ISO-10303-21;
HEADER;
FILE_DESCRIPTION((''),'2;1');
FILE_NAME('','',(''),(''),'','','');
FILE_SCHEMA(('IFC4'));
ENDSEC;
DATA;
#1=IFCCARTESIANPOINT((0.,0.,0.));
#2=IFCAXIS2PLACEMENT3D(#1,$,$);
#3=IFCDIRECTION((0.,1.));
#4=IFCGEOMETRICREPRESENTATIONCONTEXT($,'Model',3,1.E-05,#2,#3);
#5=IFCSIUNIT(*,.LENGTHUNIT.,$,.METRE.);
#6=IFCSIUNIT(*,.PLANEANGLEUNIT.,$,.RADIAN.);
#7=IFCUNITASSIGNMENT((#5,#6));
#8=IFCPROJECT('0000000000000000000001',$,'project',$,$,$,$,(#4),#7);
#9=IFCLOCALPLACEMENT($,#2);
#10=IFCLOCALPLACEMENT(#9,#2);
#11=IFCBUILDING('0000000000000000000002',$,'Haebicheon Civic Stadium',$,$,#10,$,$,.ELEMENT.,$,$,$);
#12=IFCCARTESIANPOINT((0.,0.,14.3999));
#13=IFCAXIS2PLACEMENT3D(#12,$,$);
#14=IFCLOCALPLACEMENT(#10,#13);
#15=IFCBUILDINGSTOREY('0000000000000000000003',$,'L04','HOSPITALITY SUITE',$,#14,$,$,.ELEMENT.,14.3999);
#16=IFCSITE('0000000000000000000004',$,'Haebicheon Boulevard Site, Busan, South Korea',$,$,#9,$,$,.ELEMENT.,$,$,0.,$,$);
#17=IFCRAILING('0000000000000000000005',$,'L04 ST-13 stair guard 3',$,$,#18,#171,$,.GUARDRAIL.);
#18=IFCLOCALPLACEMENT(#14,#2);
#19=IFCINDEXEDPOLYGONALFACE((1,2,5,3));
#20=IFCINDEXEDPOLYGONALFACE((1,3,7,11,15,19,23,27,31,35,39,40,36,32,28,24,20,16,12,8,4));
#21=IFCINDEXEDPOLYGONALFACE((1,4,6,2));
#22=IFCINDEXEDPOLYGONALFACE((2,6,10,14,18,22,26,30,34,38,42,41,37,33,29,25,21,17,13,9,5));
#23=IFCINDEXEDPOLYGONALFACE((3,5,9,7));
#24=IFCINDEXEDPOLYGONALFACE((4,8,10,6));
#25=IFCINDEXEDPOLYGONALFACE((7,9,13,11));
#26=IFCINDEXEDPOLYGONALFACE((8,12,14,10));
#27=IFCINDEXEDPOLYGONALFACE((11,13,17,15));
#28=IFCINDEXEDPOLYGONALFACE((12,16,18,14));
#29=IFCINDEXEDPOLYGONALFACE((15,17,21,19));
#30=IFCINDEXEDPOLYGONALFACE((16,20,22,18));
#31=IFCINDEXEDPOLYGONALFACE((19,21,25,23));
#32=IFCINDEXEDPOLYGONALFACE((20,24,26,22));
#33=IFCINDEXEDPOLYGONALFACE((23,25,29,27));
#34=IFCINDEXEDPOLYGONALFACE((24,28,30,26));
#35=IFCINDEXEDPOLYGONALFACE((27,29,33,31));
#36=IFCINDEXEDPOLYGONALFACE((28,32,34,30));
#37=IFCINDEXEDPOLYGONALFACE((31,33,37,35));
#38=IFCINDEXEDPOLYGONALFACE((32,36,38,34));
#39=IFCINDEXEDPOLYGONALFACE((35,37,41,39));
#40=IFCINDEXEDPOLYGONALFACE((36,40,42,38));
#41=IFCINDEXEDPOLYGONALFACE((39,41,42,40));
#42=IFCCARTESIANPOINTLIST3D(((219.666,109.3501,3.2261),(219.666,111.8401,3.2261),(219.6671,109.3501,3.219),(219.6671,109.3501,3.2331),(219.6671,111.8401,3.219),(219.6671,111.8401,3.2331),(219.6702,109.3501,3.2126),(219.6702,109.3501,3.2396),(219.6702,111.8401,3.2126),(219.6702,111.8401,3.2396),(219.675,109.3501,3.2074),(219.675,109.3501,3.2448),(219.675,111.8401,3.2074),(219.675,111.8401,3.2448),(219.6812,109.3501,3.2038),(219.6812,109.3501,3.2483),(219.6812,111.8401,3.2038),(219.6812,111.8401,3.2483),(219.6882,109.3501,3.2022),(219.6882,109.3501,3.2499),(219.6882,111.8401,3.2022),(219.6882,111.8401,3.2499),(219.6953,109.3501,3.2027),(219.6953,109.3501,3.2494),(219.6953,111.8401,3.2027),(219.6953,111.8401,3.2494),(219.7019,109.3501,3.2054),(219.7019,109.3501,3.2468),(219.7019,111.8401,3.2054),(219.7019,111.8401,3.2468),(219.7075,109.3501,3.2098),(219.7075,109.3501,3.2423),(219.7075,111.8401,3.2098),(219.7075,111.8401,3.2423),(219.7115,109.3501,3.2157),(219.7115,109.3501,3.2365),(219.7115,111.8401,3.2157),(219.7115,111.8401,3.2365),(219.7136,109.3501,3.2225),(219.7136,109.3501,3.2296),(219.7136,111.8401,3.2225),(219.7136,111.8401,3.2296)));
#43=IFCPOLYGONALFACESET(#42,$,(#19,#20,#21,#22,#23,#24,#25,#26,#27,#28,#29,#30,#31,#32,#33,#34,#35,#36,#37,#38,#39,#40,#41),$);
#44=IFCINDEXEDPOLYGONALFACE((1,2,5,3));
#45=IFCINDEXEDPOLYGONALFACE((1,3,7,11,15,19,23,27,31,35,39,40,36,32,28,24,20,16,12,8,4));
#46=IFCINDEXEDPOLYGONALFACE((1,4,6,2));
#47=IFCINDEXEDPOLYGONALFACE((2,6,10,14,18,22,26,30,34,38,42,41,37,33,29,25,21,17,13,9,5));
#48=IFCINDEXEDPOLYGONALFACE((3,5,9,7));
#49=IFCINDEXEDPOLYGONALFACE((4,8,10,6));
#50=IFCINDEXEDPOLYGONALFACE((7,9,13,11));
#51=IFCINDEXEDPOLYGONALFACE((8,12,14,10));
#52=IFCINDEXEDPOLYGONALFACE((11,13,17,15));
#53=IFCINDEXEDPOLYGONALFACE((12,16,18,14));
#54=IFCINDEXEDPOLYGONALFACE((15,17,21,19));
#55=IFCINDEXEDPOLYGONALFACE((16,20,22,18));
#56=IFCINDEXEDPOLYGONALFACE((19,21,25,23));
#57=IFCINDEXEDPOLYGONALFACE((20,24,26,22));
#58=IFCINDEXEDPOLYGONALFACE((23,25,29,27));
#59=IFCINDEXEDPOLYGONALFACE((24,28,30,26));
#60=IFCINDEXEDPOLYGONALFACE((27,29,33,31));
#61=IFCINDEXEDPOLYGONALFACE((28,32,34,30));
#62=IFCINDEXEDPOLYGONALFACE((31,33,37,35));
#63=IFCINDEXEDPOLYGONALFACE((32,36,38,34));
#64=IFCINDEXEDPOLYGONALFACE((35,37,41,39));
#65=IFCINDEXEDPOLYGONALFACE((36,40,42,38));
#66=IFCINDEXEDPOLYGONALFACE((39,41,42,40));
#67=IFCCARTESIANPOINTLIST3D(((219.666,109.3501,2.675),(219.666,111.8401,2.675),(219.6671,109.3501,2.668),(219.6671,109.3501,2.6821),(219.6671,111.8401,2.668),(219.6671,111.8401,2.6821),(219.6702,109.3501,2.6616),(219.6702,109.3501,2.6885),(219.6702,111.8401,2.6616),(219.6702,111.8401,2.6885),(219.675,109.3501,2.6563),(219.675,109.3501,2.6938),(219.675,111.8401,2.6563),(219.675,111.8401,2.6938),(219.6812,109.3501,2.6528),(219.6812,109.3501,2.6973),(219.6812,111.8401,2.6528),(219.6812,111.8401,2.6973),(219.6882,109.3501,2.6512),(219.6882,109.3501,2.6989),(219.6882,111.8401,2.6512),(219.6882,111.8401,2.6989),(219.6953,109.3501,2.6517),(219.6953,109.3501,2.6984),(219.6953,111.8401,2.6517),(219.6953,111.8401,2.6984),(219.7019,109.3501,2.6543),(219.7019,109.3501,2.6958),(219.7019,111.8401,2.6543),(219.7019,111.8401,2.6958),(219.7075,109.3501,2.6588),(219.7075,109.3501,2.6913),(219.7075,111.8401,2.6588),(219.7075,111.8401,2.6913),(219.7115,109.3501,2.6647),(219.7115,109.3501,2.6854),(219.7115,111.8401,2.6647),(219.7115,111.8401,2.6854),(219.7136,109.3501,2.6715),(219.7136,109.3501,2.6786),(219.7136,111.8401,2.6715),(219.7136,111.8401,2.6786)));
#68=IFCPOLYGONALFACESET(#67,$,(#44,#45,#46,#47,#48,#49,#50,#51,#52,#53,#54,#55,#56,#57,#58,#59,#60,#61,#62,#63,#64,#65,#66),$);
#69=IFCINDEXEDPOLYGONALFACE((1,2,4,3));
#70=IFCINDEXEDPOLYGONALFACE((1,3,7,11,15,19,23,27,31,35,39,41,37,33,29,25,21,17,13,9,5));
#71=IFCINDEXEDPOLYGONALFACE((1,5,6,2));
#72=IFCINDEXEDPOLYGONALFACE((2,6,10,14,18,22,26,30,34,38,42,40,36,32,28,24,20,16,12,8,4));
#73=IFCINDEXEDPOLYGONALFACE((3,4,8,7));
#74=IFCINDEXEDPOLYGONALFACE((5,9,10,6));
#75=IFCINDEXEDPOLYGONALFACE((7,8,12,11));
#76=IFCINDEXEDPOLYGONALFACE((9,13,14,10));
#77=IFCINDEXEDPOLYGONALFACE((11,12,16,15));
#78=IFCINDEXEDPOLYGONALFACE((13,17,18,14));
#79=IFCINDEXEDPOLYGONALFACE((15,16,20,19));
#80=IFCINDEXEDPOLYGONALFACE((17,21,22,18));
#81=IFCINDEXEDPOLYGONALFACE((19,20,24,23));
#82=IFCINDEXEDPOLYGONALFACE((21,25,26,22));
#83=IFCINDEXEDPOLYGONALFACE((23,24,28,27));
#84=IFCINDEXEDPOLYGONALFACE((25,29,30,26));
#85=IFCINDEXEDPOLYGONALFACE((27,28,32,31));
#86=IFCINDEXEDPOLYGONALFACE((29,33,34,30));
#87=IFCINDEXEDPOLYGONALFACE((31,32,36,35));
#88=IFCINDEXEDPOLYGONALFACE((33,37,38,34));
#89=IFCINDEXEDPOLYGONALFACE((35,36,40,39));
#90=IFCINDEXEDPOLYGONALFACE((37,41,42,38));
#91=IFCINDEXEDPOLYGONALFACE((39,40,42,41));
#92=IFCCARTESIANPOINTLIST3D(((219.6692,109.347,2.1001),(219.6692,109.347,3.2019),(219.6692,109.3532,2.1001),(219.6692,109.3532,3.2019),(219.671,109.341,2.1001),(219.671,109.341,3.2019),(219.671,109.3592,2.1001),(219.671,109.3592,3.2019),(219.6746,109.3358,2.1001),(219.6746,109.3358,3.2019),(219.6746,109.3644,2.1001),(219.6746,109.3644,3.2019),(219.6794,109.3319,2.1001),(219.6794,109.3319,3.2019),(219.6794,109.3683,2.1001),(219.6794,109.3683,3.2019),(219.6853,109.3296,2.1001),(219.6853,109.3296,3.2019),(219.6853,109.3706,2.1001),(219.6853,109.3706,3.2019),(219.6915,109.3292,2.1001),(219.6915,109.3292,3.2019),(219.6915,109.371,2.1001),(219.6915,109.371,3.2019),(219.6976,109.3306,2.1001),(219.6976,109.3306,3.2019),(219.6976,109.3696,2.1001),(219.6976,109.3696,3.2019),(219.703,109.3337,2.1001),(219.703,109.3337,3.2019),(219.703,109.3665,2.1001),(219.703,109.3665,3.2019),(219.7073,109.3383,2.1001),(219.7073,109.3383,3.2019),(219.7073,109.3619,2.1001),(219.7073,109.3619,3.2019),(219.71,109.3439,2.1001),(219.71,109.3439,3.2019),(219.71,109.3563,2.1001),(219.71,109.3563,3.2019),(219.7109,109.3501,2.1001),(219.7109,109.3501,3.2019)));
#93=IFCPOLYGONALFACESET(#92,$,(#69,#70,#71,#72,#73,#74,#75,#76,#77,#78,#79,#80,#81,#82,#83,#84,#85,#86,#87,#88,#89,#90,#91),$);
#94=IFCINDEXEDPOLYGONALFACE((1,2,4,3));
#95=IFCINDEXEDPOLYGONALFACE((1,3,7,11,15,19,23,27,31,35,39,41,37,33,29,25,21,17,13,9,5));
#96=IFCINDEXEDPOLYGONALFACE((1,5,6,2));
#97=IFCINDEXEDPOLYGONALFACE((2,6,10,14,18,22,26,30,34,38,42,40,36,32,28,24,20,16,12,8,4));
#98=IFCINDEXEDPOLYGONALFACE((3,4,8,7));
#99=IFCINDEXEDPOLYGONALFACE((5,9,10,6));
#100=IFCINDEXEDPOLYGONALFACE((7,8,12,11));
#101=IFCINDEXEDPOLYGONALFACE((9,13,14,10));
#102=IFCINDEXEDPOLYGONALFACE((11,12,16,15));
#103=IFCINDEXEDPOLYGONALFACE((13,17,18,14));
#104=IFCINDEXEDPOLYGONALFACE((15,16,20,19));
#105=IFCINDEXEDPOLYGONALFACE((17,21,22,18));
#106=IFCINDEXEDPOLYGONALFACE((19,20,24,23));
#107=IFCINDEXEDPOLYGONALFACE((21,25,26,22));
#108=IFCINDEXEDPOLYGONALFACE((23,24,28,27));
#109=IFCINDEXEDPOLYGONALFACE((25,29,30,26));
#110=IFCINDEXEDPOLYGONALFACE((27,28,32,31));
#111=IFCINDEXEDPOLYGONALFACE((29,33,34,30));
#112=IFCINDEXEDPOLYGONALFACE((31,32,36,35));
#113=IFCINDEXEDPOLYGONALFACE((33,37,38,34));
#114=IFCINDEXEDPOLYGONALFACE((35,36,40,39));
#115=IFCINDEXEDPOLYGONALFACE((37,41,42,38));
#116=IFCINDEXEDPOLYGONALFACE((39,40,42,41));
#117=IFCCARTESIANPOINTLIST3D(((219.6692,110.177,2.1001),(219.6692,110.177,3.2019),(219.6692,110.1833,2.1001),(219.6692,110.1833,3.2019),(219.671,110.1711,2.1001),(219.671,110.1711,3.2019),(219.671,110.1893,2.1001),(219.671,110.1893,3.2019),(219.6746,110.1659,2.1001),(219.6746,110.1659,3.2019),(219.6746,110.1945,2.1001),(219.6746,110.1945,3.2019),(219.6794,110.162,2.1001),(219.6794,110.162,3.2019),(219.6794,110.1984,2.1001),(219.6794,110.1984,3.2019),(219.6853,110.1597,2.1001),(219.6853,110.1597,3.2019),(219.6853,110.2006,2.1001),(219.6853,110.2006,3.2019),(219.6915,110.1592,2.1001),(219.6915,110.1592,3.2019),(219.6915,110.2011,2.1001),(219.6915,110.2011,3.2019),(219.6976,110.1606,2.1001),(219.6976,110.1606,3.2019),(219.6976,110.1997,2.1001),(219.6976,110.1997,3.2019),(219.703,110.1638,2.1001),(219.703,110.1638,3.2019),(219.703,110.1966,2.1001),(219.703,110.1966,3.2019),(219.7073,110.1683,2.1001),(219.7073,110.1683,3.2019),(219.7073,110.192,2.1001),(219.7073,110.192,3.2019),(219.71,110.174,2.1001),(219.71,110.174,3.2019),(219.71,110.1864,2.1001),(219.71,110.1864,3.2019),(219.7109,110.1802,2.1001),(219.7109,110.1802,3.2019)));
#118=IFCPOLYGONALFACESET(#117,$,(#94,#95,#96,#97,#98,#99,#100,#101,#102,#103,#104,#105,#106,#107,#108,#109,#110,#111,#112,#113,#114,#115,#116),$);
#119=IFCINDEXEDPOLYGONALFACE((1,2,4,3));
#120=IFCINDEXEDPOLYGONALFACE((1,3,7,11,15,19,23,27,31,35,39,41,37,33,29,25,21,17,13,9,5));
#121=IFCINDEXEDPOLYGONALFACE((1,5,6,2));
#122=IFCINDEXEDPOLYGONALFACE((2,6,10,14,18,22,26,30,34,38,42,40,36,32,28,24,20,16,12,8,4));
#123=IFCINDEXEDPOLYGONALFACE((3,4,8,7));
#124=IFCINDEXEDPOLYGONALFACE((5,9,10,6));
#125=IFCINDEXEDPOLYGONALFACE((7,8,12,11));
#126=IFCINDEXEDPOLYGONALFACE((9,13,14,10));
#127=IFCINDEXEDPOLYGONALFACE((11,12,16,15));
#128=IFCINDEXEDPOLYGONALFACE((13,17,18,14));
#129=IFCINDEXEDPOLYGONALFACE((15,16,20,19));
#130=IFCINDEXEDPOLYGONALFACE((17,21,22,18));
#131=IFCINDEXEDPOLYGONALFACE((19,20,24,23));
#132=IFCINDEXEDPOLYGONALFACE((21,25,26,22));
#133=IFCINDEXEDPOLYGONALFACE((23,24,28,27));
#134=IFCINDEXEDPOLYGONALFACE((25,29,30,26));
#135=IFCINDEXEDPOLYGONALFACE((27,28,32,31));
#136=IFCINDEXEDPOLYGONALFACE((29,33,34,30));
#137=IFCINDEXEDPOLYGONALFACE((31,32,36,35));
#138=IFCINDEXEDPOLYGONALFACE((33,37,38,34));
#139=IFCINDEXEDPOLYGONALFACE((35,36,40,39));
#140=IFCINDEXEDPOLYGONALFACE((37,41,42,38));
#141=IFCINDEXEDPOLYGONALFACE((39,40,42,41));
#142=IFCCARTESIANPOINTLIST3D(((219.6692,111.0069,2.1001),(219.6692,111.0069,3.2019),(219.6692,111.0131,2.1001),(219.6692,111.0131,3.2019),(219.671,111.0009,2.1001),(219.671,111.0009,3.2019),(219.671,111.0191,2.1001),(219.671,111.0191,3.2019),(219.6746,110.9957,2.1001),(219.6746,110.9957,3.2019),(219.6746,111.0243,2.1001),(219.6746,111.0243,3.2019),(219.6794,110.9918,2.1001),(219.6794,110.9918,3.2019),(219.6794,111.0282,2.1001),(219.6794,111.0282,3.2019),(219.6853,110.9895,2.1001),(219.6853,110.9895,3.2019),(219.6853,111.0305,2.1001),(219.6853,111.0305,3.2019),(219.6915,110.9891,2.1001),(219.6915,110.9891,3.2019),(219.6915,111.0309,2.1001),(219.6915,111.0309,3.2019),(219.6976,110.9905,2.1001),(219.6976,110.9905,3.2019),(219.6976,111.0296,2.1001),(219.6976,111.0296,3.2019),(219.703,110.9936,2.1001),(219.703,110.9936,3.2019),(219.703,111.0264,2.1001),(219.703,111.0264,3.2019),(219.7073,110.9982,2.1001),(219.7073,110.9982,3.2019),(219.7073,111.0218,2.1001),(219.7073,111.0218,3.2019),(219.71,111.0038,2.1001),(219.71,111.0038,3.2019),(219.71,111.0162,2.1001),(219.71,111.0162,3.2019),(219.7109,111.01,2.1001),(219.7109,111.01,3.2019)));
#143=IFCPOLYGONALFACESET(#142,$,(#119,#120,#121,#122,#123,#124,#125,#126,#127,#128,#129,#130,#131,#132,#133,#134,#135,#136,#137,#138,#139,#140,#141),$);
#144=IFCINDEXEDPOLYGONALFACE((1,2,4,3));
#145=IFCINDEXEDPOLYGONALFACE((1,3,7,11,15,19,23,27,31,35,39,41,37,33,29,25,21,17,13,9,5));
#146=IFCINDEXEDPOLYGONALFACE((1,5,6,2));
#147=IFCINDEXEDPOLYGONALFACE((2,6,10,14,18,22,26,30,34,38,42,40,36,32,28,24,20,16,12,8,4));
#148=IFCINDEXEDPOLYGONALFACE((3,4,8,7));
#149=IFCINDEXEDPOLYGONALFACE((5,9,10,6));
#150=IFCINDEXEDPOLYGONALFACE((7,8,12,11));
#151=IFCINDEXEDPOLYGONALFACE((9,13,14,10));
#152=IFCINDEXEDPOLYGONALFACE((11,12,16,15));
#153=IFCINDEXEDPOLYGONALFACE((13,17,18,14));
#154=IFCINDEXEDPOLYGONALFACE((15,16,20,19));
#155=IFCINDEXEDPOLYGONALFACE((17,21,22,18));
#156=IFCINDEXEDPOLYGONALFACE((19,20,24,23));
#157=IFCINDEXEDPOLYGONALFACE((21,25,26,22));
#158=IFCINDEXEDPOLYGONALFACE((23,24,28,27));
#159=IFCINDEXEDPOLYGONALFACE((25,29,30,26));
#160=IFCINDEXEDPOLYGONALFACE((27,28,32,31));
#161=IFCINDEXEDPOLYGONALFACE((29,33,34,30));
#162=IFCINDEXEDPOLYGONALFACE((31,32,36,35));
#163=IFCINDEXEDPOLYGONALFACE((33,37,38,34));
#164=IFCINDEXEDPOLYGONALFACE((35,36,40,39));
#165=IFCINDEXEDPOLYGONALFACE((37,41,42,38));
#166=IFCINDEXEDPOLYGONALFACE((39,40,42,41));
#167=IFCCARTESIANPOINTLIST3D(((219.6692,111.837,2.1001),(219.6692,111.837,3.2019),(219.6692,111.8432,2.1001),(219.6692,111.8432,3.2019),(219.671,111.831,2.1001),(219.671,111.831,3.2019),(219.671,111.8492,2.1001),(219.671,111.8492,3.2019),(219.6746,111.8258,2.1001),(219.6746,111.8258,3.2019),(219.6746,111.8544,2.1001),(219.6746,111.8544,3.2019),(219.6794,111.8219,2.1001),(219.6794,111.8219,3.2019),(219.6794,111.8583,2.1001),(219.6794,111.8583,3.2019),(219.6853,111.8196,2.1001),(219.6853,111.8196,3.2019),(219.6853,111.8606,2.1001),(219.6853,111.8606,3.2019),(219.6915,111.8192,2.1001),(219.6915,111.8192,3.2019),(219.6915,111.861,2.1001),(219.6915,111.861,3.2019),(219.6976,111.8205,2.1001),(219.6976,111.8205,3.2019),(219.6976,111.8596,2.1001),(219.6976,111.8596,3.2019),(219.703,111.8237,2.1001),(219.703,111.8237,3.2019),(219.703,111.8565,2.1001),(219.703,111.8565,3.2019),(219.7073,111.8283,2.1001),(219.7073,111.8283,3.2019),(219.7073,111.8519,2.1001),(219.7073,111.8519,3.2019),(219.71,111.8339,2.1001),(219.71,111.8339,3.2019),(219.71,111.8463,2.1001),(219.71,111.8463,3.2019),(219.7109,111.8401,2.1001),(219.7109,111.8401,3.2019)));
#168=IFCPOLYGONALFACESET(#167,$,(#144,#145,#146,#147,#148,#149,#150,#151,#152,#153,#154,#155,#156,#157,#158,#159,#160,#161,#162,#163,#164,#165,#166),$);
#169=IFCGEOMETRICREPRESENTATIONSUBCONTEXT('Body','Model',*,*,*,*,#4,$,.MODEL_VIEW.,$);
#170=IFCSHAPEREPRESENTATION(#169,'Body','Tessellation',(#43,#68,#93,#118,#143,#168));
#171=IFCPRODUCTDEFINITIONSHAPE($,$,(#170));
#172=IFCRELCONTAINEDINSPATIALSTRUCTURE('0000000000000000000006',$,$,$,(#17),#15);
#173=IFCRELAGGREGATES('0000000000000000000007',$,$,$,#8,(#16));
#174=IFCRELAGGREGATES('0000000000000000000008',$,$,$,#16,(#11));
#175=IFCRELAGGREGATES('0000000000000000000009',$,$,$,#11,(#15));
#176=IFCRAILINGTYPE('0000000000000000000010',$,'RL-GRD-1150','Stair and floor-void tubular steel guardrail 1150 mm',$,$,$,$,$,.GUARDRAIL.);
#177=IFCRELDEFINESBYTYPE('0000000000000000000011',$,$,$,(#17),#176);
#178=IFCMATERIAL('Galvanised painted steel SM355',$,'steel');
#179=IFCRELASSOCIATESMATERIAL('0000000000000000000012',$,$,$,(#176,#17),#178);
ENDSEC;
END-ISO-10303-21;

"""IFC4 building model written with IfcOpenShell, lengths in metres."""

from ifc_helpers import new_model, si_unit, direction, frame, origin, origin_2d, place, context, subcontext, project, spatial, circle, extrude, material, type_object, element, save


model = new_model("IFC4")

# Units and contexts
model_context = context("Model", 3, precision=1e-05, world=origin(), true_north=direction((0.0, 1.0)))
body_context = subcontext(model_context, "Body", "Model", "MODEL_VIEW")
ifc_project = project(units=[si_unit("LENGTHUNIT", "METRE"), si_unit("PLANEANGLEUNIT", "RADIAN")], contexts=[model_context])

# Site, building, storey
site_placement = place(None, origin())
site = spatial("IfcSite", under=ifc_project, at=site_placement, Name="Haebicheon Boulevard Site, Busan, South Korea", CompositionType="ELEMENT", RefElevation=0.0)
building_placement = place(site_placement, origin())
building = spatial("IfcBuilding", under=site, at=building_placement, Name="Haebicheon Civic Stadium", CompositionType="ELEMENT")
storey_placement = place(building_placement, frame((0.0, 0.0, 14.3999)))
storey = spatial("IfcBuildingStorey", under=building, at=storey_placement, Name="L04", Description="HOSPITALITY SUITE", CompositionType="ELEMENT", Elevation=14.3999)

# Railing
ifc_material_1 = material(Name="Galvanised painted steel SM355", Category="steel")
railing_type_1 = type_object("IfcRailingType", Name="RL-GRD-1150", Description="Stair and floor-void tubular steel guardrail 1150 mm", PredefinedType="GUARDRAIL", material=ifc_material_1)
for number, where, name in (
    (1, (219.6899, 109.3501, 2.1001), "L04 ST-13 stair guard 3"),
):
    element("IfcRailing", number, at=place(storey_placement, frame(where)), inside=storey, type_object=railing_type_1, material=ifc_material_1, Name=name, PredefinedType="GUARDRAIL", context=body_context, shape_type="SweptSolid", body=[
        extrude(circle(Radius=0.0239, at=origin_2d()), frame((0.0, 0.0, 1.126), z_axis=(0.0, 1.0, 0.0), x_axis=(-1.0, 0.0, 0.0)), (0.0, 0.0, 1.0), 2.49),
        extrude(circle(Radius=0.0239, at=origin_2d()), frame((0.0, 0.0, 0.575), z_axis=(0.0, 1.0, 0.0), x_axis=(-1.0, 0.0, 0.0)), (0.0, 0.0, 1.0), 2.49),
        extrude(circle(Radius=0.021, at=origin_2d()), origin(), (0.0, 0.0, 1.0), 1.1018),
        extrude(circle(Radius=0.021, at=origin_2d()), frame((0.0, 0.8301, 0.0)), (0.0, 0.0, 1.0), 1.1018),
        extrude(circle(Radius=0.021, at=origin_2d()), frame((0.0, 1.6599, 0.0)), (0.0, 0.0, 1.0), 1.1018),
        extrude(circle(Radius=0.021, at=origin_2d()), frame((0.0, 2.49, 0.0)), (0.0, 0.0, 1.0), 1.1018),
    ])

save(model, "model.ifc")
